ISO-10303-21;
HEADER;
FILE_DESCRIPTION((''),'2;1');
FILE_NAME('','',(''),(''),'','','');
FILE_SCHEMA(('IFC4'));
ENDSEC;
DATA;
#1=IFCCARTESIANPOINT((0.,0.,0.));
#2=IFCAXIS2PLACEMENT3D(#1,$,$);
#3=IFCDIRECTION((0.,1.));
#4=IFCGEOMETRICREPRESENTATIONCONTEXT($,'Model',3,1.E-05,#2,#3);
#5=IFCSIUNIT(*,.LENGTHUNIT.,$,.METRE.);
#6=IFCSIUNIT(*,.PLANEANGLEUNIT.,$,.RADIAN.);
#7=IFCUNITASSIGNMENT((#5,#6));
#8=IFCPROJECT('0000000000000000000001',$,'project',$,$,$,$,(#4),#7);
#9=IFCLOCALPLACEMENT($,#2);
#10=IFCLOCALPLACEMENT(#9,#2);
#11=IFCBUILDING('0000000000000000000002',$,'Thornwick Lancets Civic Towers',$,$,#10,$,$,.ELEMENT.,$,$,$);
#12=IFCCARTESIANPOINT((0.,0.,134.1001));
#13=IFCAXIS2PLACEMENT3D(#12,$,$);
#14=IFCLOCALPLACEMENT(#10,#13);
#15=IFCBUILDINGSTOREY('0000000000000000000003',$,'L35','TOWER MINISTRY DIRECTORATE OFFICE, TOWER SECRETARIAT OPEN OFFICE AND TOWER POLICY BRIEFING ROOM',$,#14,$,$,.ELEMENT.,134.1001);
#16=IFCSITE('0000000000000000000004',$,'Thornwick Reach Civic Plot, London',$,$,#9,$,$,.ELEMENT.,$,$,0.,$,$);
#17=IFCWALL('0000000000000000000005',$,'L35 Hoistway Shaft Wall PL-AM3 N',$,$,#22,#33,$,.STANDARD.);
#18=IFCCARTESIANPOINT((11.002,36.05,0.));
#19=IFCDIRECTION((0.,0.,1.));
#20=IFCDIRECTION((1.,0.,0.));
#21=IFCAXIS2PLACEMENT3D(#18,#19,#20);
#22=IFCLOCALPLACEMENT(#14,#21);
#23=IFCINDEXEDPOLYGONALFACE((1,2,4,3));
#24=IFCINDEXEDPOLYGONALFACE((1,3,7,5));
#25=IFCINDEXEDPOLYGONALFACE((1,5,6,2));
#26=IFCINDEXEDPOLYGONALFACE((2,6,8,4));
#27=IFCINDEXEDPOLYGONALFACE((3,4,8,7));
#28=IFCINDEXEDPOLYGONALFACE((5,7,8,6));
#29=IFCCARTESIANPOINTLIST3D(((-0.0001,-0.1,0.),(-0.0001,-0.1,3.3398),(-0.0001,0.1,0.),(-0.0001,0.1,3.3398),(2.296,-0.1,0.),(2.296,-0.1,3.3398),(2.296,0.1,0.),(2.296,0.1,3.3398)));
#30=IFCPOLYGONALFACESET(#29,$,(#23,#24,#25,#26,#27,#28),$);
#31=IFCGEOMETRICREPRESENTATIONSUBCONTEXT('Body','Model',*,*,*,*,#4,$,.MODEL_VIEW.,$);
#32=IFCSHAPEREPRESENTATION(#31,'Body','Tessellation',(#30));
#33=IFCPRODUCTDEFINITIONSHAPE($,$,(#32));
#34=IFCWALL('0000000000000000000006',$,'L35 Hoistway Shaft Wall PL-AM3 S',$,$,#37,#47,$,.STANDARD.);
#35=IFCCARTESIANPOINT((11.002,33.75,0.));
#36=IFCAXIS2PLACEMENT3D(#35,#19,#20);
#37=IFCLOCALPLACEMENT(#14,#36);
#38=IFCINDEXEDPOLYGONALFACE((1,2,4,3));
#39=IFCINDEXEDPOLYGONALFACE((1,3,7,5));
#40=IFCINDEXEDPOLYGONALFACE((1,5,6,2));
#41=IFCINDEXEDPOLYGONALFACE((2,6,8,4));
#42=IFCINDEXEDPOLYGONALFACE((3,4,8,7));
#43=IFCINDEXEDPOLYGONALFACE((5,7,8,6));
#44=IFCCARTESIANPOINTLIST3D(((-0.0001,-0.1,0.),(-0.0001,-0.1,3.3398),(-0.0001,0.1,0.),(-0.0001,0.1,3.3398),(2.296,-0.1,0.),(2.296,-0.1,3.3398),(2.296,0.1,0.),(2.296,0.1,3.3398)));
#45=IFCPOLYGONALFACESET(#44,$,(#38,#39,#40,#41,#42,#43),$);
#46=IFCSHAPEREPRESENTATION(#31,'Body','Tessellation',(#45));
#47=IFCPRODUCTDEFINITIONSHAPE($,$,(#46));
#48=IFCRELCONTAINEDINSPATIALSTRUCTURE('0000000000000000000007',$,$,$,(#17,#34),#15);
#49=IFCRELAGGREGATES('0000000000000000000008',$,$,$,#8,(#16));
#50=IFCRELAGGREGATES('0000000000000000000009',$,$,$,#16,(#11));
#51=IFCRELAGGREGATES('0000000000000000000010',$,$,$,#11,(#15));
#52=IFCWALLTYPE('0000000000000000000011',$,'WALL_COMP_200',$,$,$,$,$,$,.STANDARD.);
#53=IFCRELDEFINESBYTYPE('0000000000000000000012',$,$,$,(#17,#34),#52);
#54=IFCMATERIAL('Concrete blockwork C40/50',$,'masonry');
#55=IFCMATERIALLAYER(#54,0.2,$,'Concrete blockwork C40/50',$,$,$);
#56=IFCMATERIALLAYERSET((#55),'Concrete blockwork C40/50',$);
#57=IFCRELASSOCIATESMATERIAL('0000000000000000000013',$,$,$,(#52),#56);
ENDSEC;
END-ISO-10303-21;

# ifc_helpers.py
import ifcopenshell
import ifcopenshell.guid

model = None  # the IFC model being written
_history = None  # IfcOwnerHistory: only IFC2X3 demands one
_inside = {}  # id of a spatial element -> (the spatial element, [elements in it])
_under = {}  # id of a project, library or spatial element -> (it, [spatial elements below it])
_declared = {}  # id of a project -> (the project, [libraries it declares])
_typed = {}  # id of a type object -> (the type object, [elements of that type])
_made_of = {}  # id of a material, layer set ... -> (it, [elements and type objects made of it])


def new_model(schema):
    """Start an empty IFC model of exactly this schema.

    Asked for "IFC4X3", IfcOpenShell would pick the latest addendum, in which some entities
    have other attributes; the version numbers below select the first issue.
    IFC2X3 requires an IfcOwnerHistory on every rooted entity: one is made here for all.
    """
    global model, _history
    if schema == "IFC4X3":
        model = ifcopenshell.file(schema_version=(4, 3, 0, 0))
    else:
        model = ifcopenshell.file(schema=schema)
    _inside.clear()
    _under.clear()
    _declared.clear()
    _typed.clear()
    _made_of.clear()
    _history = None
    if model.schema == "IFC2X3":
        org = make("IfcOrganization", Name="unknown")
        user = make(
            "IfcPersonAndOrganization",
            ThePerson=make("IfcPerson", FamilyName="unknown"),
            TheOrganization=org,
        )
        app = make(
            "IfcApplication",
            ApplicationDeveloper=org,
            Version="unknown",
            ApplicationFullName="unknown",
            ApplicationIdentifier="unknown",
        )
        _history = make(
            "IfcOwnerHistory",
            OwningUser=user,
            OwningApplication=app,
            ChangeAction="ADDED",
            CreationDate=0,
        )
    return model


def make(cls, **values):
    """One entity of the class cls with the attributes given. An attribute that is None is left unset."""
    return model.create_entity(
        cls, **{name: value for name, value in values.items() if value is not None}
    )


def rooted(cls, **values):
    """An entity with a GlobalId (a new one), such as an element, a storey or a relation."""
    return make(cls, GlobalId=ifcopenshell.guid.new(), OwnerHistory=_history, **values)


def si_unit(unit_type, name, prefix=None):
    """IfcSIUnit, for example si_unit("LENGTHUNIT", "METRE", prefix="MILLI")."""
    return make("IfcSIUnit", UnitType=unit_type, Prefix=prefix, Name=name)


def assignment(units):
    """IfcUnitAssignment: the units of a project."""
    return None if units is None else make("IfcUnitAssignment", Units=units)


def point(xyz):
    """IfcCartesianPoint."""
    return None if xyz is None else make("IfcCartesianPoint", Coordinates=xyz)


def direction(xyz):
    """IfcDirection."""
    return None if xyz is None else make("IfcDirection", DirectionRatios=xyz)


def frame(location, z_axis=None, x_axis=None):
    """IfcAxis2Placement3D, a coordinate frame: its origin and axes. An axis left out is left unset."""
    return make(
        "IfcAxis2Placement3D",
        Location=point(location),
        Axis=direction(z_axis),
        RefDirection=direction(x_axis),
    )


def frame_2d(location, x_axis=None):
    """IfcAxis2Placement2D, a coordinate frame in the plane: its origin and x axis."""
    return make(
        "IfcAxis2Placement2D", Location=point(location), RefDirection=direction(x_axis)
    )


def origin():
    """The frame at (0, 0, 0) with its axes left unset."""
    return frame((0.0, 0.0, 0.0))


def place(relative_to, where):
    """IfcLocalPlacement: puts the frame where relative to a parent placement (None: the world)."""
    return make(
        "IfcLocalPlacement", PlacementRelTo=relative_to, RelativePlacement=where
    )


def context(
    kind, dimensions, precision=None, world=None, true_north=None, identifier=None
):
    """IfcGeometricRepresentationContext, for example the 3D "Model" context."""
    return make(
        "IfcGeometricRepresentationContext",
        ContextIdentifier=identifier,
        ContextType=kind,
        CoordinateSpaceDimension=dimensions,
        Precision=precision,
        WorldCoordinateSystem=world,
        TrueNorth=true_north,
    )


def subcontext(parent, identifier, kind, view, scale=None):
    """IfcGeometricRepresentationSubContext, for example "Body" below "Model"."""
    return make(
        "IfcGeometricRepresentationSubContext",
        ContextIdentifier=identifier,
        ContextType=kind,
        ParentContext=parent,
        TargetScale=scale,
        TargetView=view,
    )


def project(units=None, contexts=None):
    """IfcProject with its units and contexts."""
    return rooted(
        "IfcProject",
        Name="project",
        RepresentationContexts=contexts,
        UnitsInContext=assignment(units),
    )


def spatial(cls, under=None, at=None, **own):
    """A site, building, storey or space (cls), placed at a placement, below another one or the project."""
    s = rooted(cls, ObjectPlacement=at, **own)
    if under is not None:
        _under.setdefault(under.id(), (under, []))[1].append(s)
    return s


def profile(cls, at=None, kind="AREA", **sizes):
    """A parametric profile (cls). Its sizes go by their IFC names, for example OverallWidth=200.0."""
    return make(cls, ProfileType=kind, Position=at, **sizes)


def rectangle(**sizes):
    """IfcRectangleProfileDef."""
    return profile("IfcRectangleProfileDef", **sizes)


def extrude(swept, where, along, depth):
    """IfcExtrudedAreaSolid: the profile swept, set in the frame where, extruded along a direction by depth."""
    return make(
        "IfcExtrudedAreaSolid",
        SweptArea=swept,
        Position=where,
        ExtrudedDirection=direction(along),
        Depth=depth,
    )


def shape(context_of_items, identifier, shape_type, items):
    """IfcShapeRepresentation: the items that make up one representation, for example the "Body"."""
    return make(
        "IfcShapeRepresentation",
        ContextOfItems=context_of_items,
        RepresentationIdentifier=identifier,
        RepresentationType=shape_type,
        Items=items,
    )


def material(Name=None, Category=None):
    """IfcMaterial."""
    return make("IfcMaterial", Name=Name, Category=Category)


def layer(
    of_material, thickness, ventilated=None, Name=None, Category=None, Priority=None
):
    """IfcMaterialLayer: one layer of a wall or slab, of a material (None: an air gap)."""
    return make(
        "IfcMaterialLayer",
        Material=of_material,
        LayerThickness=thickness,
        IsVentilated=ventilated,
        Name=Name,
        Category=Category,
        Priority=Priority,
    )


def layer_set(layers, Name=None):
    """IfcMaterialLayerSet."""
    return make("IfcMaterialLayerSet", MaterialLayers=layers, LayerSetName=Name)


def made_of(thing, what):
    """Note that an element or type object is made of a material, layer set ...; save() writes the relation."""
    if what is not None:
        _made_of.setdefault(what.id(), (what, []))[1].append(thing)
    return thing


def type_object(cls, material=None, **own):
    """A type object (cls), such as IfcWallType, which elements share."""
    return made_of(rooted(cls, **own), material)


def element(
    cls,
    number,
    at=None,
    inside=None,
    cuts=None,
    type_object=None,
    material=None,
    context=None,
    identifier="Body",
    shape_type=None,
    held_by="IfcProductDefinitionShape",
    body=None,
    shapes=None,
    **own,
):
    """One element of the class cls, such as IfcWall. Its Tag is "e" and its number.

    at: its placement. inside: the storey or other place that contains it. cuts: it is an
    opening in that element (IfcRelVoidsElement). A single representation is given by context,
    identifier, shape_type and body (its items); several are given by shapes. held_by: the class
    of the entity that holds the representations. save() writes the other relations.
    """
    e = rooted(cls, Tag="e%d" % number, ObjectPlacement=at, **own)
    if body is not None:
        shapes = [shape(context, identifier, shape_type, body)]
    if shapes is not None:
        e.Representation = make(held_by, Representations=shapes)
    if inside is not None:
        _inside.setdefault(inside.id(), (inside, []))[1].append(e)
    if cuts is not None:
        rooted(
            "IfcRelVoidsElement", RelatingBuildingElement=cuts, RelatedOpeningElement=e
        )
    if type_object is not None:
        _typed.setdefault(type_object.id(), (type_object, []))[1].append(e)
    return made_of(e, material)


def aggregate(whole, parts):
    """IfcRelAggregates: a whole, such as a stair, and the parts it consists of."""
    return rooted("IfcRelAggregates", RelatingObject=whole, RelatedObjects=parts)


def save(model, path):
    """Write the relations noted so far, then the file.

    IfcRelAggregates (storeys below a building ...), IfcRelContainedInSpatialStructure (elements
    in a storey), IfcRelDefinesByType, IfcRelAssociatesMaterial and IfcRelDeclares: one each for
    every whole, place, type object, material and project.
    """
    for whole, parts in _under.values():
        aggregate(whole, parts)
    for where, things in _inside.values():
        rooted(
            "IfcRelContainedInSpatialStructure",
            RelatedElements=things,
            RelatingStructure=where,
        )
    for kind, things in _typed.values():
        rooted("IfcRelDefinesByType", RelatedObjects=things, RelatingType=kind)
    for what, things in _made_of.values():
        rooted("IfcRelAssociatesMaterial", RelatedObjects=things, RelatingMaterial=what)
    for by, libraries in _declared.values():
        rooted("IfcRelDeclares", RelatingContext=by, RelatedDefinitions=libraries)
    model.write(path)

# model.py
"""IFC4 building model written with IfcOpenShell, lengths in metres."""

from ifc_helpers import new_model, si_unit, direction, frame, frame_2d, origin, place, context, subcontext, project, spatial, rectangle, extrude, material, layer, layer_set, type_object, element, save


model = new_model("IFC4")

# Units and contexts
model_context = context("Model", 3, precision=1e-05, world=origin(), true_north=direction((0.0, 1.0)))
body_context = subcontext(model_context, "Body", "Model", "MODEL_VIEW")
ifc_project = project(units=[si_unit("LENGTHUNIT", "METRE"), si_unit("PLANEANGLEUNIT", "RADIAN")], contexts=[model_context])

# Site, building, storey
site_placement = place(None, origin())
site = spatial("IfcSite", under=ifc_project, at=site_placement, Name="Thornwick Reach Civic Plot, London", CompositionType="ELEMENT", RefElevation=0.0)
building_placement = place(site_placement, origin())
building = spatial("IfcBuilding", under=site, at=building_placement, Name="Thornwick Lancets Civic Towers", CompositionType="ELEMENT")
storey_placement = place(building_placement, frame((0.0, 0.0, 134.1001)))
storey = spatial("IfcBuildingStorey", under=building, at=storey_placement, Name="L35", Description="TOWER MINISTRY DIRECTORATE OFFICE, TOWER SECRETARIAT OPEN OFFICE AND TOWER POLICY BRIEFING ROOM", CompositionType="ELEMENT", Elevation=134.1001)

# Walls
ifc_material_1 = material(Name="Concrete blockwork C40/50", Category="masonry")
ifc_layer_1 = layer(ifc_material_1, 0.2, Name="Concrete blockwork C40/50")
ifc_layer_set_1 = layer_set([ifc_layer_1], Name="Concrete blockwork C40/50")
wall_type_1 = type_object("IfcWallType", Name="WALL_COMP_200", PredefinedType="STANDARD", material=ifc_layer_set_1)
for number, where, z_axis, x_axis, name in (
    (1, (11.002, 36.05, 0.0), (0.0, 0.0, 1.0), (1.0, 0.0, 0.0), "L35 Hoistway Shaft Wall PL-AM3 N"),
    (2, (11.002, 33.75, 0.0), (0.0, 0.0, 1.0), (1.0, 0.0, 0.0), "L35 Hoistway Shaft Wall PL-AM3 S"),
):
    element("IfcWall", number, at=place(storey_placement, frame(where, z_axis=z_axis, x_axis=x_axis)), inside=storey, type_object=wall_type_1, Name=name, PredefinedType="STANDARD", context=body_context, shape_type="SweptSolid", body=[
        extrude(rectangle(XDim=2.2961, YDim=0.2, at=frame_2d((1.1479, 0.0))), origin(), (0.0, 0.0, 1.0), 3.3398),
    ])

save(model, "model.ifc")
